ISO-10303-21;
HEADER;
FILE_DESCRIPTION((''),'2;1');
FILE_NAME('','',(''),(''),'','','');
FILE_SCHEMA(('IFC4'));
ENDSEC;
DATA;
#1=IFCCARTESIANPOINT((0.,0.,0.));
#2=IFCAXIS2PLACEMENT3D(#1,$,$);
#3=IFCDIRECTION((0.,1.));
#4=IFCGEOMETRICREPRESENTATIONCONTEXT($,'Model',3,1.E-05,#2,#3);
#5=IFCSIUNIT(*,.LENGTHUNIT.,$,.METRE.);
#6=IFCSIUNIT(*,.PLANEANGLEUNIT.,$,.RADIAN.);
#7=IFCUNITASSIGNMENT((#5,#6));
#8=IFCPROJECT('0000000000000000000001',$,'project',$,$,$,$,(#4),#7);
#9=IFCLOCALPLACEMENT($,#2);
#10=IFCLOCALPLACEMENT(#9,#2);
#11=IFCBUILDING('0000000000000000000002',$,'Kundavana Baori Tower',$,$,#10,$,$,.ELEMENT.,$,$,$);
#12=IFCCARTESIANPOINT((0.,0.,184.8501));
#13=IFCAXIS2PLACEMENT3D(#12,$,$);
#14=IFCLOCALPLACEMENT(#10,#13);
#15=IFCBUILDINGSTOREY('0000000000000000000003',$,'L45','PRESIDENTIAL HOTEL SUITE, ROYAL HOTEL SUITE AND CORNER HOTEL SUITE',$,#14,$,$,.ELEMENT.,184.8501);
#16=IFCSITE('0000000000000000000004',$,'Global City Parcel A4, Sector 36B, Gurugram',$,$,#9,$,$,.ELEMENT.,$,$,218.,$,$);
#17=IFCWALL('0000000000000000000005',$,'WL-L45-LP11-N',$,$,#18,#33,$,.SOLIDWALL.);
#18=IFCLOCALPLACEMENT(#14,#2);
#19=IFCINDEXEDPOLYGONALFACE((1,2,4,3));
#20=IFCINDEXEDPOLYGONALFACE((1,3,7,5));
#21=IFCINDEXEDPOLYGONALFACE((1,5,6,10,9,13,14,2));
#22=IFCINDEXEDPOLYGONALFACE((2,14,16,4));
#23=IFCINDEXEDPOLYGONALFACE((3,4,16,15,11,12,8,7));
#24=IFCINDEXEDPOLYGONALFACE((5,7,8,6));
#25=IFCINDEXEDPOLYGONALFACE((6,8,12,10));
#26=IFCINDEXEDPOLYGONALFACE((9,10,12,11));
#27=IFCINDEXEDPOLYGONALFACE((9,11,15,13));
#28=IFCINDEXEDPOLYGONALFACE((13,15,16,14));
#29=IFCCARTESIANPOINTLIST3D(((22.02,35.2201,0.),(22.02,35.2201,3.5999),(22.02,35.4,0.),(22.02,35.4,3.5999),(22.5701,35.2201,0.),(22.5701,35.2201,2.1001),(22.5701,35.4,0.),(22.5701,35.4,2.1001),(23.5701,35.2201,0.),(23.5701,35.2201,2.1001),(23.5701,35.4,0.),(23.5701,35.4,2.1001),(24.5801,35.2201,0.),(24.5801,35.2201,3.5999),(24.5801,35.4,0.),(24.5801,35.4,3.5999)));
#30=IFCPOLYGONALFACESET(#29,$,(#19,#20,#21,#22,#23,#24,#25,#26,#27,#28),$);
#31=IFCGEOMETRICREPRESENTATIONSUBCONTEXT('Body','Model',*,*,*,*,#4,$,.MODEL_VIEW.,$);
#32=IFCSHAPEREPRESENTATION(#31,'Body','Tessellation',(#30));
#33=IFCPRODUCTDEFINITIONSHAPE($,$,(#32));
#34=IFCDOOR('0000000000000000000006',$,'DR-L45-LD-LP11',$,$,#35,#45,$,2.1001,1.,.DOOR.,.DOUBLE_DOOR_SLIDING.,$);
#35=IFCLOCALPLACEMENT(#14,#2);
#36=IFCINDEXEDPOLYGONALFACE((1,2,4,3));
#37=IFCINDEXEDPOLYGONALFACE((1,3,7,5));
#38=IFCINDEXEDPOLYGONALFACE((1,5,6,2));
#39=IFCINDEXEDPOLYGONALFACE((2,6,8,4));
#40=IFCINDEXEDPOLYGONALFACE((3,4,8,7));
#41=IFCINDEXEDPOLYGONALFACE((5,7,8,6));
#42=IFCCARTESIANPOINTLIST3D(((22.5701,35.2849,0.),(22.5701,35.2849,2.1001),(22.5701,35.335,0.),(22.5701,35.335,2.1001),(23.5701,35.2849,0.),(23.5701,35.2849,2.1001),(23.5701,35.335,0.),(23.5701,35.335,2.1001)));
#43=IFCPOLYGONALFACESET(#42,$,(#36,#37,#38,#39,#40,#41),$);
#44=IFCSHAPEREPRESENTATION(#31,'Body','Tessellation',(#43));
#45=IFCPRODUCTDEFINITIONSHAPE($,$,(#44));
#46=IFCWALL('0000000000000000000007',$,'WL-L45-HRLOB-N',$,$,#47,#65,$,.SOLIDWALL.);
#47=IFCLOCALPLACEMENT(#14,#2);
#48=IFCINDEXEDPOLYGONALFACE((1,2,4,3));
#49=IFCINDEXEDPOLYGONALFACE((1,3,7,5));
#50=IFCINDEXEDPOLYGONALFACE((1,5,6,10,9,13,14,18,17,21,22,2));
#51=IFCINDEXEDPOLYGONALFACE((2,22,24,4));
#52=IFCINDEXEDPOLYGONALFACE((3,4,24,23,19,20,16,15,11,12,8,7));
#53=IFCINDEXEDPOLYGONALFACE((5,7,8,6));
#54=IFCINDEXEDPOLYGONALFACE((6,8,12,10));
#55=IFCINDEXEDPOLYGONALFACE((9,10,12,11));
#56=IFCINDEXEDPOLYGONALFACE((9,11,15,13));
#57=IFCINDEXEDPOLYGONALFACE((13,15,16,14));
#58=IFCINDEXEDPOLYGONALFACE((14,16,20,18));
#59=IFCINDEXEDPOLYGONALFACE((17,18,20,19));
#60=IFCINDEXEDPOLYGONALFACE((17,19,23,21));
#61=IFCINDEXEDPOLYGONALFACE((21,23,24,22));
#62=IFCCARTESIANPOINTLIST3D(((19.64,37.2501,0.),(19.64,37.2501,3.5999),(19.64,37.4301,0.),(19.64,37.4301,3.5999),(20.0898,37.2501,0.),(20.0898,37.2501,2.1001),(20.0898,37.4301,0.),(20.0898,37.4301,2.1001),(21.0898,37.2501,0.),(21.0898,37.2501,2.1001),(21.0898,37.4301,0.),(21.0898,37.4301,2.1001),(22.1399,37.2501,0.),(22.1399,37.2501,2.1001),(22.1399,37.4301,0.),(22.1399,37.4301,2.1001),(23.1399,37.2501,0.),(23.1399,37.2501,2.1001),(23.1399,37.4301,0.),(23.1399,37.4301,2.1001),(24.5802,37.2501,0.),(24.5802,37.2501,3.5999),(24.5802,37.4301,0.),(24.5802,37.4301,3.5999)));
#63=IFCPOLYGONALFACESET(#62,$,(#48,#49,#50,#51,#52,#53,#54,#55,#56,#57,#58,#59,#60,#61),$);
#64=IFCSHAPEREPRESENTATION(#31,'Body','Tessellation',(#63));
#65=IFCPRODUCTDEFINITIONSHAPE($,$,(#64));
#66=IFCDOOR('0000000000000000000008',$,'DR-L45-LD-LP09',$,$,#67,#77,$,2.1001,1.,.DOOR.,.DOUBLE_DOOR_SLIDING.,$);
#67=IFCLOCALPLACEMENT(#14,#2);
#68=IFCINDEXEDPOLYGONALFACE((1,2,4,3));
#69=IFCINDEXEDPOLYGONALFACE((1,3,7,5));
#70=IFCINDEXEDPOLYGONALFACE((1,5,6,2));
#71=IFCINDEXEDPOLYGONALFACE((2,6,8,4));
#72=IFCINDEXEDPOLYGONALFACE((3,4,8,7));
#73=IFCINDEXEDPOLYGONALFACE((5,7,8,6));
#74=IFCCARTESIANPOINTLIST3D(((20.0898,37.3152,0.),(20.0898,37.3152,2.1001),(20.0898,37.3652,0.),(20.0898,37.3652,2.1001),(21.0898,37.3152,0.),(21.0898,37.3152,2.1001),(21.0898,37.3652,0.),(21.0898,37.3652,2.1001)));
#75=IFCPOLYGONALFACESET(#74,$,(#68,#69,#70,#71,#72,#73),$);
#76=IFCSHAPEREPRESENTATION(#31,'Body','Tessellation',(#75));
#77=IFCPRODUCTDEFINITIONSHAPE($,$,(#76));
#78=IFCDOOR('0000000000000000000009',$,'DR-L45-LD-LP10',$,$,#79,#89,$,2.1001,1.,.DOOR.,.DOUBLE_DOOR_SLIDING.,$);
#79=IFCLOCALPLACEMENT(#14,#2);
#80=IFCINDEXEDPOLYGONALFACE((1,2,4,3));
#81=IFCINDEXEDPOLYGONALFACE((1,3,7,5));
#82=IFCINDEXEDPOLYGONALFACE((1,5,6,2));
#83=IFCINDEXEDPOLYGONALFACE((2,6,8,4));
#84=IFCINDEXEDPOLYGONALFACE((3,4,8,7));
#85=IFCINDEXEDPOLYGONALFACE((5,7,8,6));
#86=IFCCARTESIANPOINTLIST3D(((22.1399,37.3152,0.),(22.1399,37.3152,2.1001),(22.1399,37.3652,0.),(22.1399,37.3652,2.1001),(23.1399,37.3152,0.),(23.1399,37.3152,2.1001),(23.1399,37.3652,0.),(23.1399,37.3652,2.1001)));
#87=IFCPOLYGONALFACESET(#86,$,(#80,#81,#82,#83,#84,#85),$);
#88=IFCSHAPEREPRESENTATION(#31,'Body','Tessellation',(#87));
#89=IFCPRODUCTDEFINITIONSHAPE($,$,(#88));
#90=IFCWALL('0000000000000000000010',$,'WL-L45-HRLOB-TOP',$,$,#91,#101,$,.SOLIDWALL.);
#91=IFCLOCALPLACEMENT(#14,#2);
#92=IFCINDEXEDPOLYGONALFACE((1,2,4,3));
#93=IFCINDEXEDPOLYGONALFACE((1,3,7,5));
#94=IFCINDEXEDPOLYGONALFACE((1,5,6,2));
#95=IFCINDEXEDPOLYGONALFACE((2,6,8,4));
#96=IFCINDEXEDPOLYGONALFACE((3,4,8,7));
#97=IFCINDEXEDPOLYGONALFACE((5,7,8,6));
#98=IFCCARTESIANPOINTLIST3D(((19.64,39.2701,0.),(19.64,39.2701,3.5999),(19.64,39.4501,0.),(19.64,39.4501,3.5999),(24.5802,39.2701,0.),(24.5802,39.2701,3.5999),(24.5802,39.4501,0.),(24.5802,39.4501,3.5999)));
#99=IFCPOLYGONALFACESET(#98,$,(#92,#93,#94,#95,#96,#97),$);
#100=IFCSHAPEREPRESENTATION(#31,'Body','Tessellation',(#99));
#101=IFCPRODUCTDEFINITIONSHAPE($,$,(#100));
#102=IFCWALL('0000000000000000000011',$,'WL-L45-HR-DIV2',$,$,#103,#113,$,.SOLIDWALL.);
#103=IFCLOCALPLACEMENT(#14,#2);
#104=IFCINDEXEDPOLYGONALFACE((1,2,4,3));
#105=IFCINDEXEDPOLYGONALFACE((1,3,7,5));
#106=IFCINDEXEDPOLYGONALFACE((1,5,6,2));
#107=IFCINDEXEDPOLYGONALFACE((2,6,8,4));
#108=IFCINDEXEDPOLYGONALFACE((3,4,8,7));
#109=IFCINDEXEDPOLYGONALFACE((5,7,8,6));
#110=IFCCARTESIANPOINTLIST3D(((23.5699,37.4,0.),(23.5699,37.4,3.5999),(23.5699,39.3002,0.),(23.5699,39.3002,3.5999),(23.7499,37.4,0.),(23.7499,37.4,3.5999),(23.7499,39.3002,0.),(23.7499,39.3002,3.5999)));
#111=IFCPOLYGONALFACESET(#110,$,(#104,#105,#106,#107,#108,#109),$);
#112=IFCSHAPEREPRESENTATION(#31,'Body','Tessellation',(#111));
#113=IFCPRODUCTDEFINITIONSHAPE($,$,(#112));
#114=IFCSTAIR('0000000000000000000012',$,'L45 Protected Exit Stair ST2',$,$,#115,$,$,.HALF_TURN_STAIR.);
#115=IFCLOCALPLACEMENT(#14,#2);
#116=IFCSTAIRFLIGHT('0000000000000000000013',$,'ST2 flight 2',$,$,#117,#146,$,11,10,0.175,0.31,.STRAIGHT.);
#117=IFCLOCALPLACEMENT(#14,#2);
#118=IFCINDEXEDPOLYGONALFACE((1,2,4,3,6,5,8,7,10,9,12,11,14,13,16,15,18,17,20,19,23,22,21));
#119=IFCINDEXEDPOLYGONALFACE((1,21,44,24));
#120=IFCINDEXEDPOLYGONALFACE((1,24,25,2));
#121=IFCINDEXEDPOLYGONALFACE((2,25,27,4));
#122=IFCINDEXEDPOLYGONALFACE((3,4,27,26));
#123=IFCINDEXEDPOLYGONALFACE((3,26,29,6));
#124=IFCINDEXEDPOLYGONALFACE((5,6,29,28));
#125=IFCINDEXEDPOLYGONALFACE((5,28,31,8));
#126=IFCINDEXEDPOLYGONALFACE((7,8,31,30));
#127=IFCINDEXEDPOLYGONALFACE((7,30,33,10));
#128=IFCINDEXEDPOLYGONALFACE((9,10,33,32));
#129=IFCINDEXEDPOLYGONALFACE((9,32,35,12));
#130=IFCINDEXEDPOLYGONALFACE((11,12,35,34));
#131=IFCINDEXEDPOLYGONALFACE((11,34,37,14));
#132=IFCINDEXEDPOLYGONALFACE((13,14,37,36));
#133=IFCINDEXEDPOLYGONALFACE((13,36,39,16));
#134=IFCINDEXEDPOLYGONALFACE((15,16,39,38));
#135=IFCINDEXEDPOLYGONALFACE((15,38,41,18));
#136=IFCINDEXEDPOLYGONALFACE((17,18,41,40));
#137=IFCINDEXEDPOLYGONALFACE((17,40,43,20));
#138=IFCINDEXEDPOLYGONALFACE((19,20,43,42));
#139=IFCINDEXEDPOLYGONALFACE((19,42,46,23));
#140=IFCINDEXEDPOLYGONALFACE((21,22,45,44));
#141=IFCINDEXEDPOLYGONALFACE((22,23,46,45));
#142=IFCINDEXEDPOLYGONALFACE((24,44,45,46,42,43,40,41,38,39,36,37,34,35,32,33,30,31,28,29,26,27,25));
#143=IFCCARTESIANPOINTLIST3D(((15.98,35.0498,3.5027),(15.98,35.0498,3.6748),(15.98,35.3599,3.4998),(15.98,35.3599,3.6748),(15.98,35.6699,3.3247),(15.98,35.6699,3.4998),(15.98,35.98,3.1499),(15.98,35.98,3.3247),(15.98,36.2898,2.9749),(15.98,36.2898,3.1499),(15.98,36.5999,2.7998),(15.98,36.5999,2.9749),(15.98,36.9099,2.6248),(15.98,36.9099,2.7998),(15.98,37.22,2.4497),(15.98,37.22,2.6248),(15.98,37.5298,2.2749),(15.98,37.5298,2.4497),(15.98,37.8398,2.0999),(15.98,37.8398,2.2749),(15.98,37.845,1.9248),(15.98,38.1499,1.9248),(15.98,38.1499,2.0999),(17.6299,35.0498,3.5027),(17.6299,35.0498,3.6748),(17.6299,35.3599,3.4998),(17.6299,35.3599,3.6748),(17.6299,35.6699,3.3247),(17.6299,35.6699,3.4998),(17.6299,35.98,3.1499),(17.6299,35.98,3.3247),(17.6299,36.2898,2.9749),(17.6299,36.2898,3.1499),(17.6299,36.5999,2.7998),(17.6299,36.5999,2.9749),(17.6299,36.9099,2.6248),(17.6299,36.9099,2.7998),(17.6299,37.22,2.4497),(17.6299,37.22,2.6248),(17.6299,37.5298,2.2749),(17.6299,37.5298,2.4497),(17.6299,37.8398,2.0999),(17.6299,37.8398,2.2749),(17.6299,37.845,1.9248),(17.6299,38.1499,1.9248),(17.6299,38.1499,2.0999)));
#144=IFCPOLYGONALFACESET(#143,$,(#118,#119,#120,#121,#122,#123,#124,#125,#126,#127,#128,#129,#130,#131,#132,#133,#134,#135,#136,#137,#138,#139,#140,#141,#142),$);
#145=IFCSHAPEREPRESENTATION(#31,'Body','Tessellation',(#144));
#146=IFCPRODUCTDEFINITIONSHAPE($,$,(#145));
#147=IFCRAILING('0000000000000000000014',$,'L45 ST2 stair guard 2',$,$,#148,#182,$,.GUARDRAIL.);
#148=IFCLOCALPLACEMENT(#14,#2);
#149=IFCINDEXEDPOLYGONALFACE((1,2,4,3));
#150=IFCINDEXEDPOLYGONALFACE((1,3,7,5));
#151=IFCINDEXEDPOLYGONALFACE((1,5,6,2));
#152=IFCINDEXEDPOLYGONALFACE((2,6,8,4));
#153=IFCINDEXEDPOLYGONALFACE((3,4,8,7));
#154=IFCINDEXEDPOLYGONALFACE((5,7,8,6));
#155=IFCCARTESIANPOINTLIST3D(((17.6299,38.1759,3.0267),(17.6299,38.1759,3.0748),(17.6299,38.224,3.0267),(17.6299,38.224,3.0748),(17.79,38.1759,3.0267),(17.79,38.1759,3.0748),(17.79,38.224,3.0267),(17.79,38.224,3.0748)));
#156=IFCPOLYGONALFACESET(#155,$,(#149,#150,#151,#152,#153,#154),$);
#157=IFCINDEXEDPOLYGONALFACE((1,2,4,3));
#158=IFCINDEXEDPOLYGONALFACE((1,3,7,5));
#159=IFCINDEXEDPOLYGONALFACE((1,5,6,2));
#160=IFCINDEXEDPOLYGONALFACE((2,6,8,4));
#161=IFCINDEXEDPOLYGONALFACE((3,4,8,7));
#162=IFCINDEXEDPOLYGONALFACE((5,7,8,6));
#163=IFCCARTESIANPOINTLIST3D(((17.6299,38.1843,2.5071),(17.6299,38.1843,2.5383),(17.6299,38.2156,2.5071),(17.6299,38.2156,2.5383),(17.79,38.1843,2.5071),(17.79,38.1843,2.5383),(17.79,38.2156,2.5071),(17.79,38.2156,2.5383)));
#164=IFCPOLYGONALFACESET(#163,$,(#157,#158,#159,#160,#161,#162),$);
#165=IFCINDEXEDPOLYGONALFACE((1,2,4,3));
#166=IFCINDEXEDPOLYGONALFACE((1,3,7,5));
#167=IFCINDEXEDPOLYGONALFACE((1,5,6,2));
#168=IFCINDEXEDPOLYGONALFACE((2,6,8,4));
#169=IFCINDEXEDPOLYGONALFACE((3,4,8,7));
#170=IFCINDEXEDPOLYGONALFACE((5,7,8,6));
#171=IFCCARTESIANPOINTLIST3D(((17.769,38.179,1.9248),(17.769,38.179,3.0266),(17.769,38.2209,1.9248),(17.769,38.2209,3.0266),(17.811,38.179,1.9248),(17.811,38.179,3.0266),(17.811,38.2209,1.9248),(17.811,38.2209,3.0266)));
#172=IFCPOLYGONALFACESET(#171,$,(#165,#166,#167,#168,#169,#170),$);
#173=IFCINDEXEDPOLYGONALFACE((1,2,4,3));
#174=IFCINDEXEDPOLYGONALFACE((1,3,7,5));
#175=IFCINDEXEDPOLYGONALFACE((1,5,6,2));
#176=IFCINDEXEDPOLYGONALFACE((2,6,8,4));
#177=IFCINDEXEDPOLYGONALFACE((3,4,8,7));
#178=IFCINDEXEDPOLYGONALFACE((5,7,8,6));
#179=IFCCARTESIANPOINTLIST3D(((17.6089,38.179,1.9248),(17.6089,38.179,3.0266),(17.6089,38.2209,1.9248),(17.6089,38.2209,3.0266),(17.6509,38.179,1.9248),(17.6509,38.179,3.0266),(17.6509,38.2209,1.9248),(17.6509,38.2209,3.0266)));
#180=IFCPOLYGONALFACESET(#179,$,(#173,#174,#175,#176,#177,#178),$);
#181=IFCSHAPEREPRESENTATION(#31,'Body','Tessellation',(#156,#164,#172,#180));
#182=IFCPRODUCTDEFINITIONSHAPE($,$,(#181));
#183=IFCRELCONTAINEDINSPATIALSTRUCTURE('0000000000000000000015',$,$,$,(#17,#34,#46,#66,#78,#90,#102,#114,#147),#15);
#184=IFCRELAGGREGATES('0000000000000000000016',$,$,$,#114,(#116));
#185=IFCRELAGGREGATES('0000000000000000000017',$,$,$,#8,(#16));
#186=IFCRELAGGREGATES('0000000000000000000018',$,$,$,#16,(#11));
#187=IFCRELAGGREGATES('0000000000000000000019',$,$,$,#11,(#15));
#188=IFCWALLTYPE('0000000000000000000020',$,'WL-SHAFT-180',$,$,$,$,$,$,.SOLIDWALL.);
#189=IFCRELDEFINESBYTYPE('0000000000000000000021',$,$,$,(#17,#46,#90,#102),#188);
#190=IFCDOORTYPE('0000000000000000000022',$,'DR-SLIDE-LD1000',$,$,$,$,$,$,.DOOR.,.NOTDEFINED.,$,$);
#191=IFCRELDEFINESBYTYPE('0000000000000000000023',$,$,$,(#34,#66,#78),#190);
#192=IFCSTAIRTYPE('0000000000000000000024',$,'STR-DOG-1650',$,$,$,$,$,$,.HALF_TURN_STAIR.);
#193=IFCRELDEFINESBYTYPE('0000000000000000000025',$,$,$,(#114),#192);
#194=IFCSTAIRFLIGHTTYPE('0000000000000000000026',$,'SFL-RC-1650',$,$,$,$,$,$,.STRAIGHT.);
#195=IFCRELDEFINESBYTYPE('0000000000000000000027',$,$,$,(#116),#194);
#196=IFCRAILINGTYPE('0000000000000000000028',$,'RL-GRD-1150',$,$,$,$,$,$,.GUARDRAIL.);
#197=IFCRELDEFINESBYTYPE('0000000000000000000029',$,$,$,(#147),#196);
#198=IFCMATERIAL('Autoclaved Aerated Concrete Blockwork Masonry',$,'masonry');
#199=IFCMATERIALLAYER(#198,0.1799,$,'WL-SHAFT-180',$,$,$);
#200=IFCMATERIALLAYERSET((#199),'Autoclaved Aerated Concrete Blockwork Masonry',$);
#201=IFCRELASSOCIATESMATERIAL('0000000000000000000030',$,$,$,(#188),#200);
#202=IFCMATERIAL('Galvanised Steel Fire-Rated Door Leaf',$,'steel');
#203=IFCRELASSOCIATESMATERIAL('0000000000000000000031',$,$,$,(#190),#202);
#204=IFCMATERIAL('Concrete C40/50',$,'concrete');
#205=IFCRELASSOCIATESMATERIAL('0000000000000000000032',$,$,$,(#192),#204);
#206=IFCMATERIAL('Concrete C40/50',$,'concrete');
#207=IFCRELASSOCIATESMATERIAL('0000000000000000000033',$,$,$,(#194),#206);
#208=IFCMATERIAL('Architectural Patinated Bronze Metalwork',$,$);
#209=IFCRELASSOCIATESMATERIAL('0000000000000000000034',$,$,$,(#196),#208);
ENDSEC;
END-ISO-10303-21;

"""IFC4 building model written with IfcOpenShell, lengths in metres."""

from ifc_helpers import new_model, si_unit, direction, frame, frame_2d, origin, origin_2d, place, context, subcontext, project, spatial, polyline, rectangle, outline, extrude, material, layer, layer_set, type_object, element, fill, aggregate, save


model = new_model("IFC4")

# Units and contexts
model_context = context("Model", 3, precision=1e-05, world=origin(), true_north=direction((0.0, 1.0)))
body_context = subcontext(model_context, "Body", "Model", "MODEL_VIEW")
ifc_project = project(units=[si_unit("LENGTHUNIT", "METRE"), si_unit("PLANEANGLEUNIT", "RADIAN")], contexts=[model_context])

# Site, building, storey
site_placement = place(None, origin())
site = spatial("IfcSite", under=ifc_project, at=site_placement, Name="Global City Parcel A4, Sector 36B, Gurugram", CompositionType="ELEMENT", RefElevation=218.0)
building_placement = place(site_placement, origin())
building = spatial("IfcBuilding", under=site, at=building_placement, Name="Kundavana Baori Tower", CompositionType="ELEMENT")
storey_placement = place(building_placement, frame((0.0, 0.0, 184.8501)))
storey = spatial("IfcBuildingStorey", under=building, at=storey_placement, Name="L45", Description="PRESIDENTIAL HOTEL SUITE, ROYAL HOTEL SUITE AND CORNER HOTEL SUITE", CompositionType="ELEMENT", Elevation=184.8501)

# Wall, opening, door
ifc_material_1 = material(Name="Autoclaved Aerated Concrete Blockwork Masonry", Category="masonry")
ifc_layer_1 = layer(ifc_material_1, 0.1799, Name="WL-SHAFT-180")
ifc_layer_set_1 = layer_set([ifc_layer_1], Name="Autoclaved Aerated Concrete Blockwork Masonry")
wall_type_1 = type_object("IfcWallType", Name="WL-SHAFT-180", PredefinedType="SOLIDWALL", material=ifc_layer_set_1)
wall_1_placement = place(storey_placement, frame((22.02, 35.3101, 0.0), z_axis=(0.0, 0.0, 1.0), x_axis=(1.0, 0.0, 0.0)))
wall_1 = element("IfcWall", 1, at=wall_1_placement, inside=storey, type_object=wall_type_1, Name="WL-L45-LP11-N", PredefinedType="SOLIDWALL", context=body_context, shape_type="SweptSolid", body=[
    extrude(rectangle(XDim=2.5601, YDim=0.1799, at=frame_2d((1.28, 0.0))), origin(), (0.0, 0.0, 1.0), 3.5999),
])
opening_1_placement = place(wall_1_placement, frame((0.55, 0.0, 0.0)))
opening_1 = element("IfcOpeningElement", 2, at=opening_1_placement, cuts=wall_1, PredefinedType="OPENING", context=body_context, shape_type="SweptSolid", body=[
    extrude(rectangle(XDim=1.0, YDim=2.1001, at=frame_2d((0.5, 1.05))), frame((0.0, 0.1001, 0.0), z_axis=(0.0, -1.0, 0.0), x_axis=(1.0, 0.0, 0.0)), (0.0, 0.0, 1.0), 0.2),
])
ifc_material_2 = material(Name="Galvanised Steel Fire-Rated Door Leaf", Category="steel")
door_type = type_object("IfcDoorType", Name="DR-SLIDE-LD1000", OperationType="NOTDEFINED", PredefinedType="DOOR", material=ifc_material_2)
door_1_placement = place(opening_1_placement, origin())
door_1 = element("IfcDoor", 3, at=door_1_placement, inside=storey, type_object=door_type, Name="DR-L45-LD-LP11", OperationType="DOUBLE_DOOR_SLIDING", OverallHeight=2.1001, OverallWidth=1.0, PredefinedType="DOOR", context=body_context, shape_type="SweptSolid", body=[
    extrude(rectangle(XDim=1.0, YDim=2.1001, at=frame_2d((0.5, 1.05))), frame((0.0, 0.0249, 0.0), z_axis=(0.0, -1.0, 0.0), x_axis=(1.0, 0.0, 0.0)), (0.0, 0.0, 1.0), 0.05),
])
fill(opening_1, door_1)

# Wall, openings, doors
wall_2_placement = place(storey_placement, frame((19.6399, 37.3401, 0.0), z_axis=(0.0, 0.0, 1.0), x_axis=(1.0, 0.0, 0.0)))
wall_2 = element("IfcWall", 4, at=wall_2_placement, inside=storey, type_object=wall_type_1, Name="WL-L45-HRLOB-N", PredefinedType="SOLIDWALL", context=body_context, shape_type="SweptSolid", body=[
    extrude(rectangle(XDim=4.9402, YDim=0.1799, at=frame_2d((2.4702, 0.0))), origin(), (0.0, 0.0, 1.0), 3.5999),
])
opening_2_placement = place(wall_2_placement, frame((0.45, 0.0, 0.0)))
opening_2 = element("IfcOpeningElement", 5, at=opening_2_placement, cuts=wall_2, PredefinedType="OPENING", context=body_context, shape_type="SweptSolid", body=[
    extrude(rectangle(XDim=1.0, YDim=2.1001, at=frame_2d((0.5, 1.05))), frame((0.0, 0.1001, 0.0), z_axis=(0.0, -1.0, 0.0), x_axis=(1.0, 0.0, 0.0)), (0.0, 0.0, 1.0), 0.2),
])
opening_3_placement = place(wall_2_placement, frame((2.5, 0.0, 0.0)))
opening_3 = element("IfcOpeningElement", 6, at=opening_3_placement, cuts=wall_2, PredefinedType="OPENING", context=body_context, shape_type="SweptSolid", body=[
    extrude(rectangle(XDim=1.0, YDim=2.1001, at=frame_2d((0.5, 1.05))), frame((0.0, 0.1001, 0.0), z_axis=(0.0, -1.0, 0.0), x_axis=(1.0, 0.0, 0.0)), (0.0, 0.0, 1.0), 0.2),
])
door_2_placement = place(opening_2_placement, frame((1.0, 0.0, 0.0), z_axis=(0.0, 0.0, 1.0), x_axis=(-1.0, 0.0, 0.0)))
door_2 = element("IfcDoor", 7, at=door_2_placement, inside=storey, type_object=door_type, Name="DR-L45-LD-LP09", OperationType="DOUBLE_DOOR_SLIDING", OverallHeight=2.1001, OverallWidth=1.0, PredefinedType="DOOR", context=body_context, shape_type="SweptSolid", body=[
    extrude(rectangle(XDim=1.0, YDim=2.1001, at=frame_2d((0.5, 1.05))), frame((0.0, 0.0249, 0.0), z_axis=(0.0, -1.0, 0.0), x_axis=(1.0, 0.0, 0.0)), (0.0, 0.0, 1.0), 0.05),
])
fill(opening_2, door_2)
door_3_placement = place(opening_3_placement, frame((1.0, 0.0, 0.0), z_axis=(0.0, 0.0, 1.0), x_axis=(-1.0, 0.0, 0.0)))
door_3 = element("IfcDoor", 8, at=door_3_placement, inside=storey, type_object=door_type, Name="DR-L45-LD-LP10", OperationType="DOUBLE_DOOR_SLIDING", OverallHeight=2.1001, OverallWidth=1.0, PredefinedType="DOOR", context=body_context, shape_type="SweptSolid", body=[
    extrude(rectangle(XDim=1.0, YDim=2.1001, at=frame_2d((0.5, 1.05))), frame((0.0, 0.0249, 0.0), z_axis=(0.0, -1.0, 0.0), x_axis=(1.0, 0.0, 0.0)), (0.0, 0.0, 1.0), 0.05),
])
fill(opening_3, door_3)

# Walls
wall_3_placement = place(storey_placement, frame((19.6399, 39.3601, 0.0), z_axis=(0.0, 0.0, 1.0), x_axis=(1.0, 0.0, 0.0)))
element("IfcWall", 9, at=wall_3_placement, inside=storey, type_object=wall_type_1, Name="WL-L45-HRLOB-TOP", PredefinedType="SOLIDWALL", context=body_context, shape_type="SweptSolid", body=[
    extrude(rectangle(XDim=4.9402, YDim=0.1799, at=frame_2d((2.4702, 0.0))), origin(), (0.0, 0.0, 1.0), 3.5999),
])
wall_4_placement = place(storey_placement, frame((23.6599, 37.3999, 0.0), z_axis=(0.0, 0.0, 1.0), x_axis=(0.0, 1.0, 0.0)))
element("IfcWall", 10, at=wall_4_placement, inside=storey, type_object=wall_type_1, Name="WL-L45-HR-DIV2", PredefinedType="SOLIDWALL", context=body_context, shape_type="SweptSolid", body=[
    extrude(rectangle(XDim=1.9001, YDim=0.1799, at=frame_2d((0.9502, 0.0))), origin(), (0.0, 0.0, 1.0), 3.5999),
])

# Stair, stair flight
ifc_material_3 = material(Name="Concrete C40/50", Category="concrete")
stair_type = type_object("IfcStairType", Name="STR-DOG-1650", PredefinedType="HALF_TURN_STAIR", material=ifc_material_3)
stair_placement = place(storey_placement, origin())
stair = element("IfcStair", 11, at=stair_placement, inside=storey, type_object=stair_type, Name="L45 Protected Exit Stair ST2", PredefinedType="HALF_TURN_STAIR")
ifc_material_4 = material(Name="Concrete C40/50", Category="concrete")
stair_flight_type = type_object("IfcStairFlightType", Name="SFL-RC-1650", PredefinedType="STRAIGHT", material=ifc_material_4)
stair_flight_placement = place(storey_placement, frame((16.8049, 38.1499, 1.9248), z_axis=(0.0, 0.0, 1.0), x_axis=(0.0, -1.0, 0.0)))
stair_flight = element("IfcStairFlight", 12, at=stair_flight_placement, type_object=stair_flight_type, Name="ST2 flight 2", NumberOfRisers=11, NumberOfTreads=10, PredefinedType="STRAIGHT", RiserHeight=0.175, TreadLength=0.31, context=body_context, shape_type="SweptSolid", body=[
    extrude(outline(polyline([(0.0, 0.0), (0.0, 0.175), (0.3101, 0.175), (0.3101, 0.3501), (0.6201, 0.3501), (0.6201, 0.5249), (0.9299, 0.5249), (0.9299, 0.7), (1.24, 0.7), (1.24, 0.875), (1.55, 0.875), (1.55, 1.05), (1.8601, 1.05), (1.8601, 1.2251), (2.1699, 1.2251), (2.1699, 1.3999), (2.48, 1.3999), (2.48, 1.575), (2.79, 1.575), (2.79, 1.75), (3.1001, 1.75), (3.1001, 1.925), (3.1001, 1.5779), (0.3049, 0.0), (0.0, 0.0)])), frame((0.0, 0.825, 0.0), z_axis=(0.0, -1.0, 0.0), x_axis=(1.0, 0.0, 0.0)), (0.0, 0.0, 1.0), 1.6499),
])
aggregate(stair, [stair_flight])

# Railing
ifc_material_5 = material(Name="Architectural Patinated Bronze Metalwork")
railing_type_1 = type_object("IfcRailingType", Name="RL-GRD-1150", PredefinedType="GUARDRAIL", material=ifc_material_5)
railing_1_placement = place(storey_placement, frame((17.79, 38.2, 1.9248)))
element("IfcRailing", 13, at=railing_1_placement, inside=storey, type_object=railing_type_1, Name="L45 ST2 stair guard 2", PredefinedType="GUARDRAIL", context=body_context, shape_type="SweptSolid", body=[
    extrude(rectangle(XDim=0.0481, YDim=0.0481, at=origin_2d()), frame((0.0, 0.0, 1.126), z_axis=(-1.0, 0.0, 0.0), x_axis=(0.0, -1.0, 0.0)), (0.0, 0.0, 1.0), 0.1602),
    extrude(rectangle(XDim=0.0312, YDim=0.0312, at=origin_2d()), frame((0.0, 0.0, 0.5979), z_axis=(-1.0, 0.0, 0.0), x_axis=(0.0, -1.0, 0.0)), (0.0, 0.0, 1.0), 0.1602),
    extrude(rectangle(XDim=0.042, YDim=0.042, at=origin_2d()), origin(), (0.0, 0.0, 1.0), 1.1018),
    extrude(rectangle(XDim=0.042, YDim=0.042, at=origin_2d()), frame((-0.1602, 0.0, 0.0)), (0.0, 0.0, 1.0), 1.1018),
])

save(model, "model.ifc")
